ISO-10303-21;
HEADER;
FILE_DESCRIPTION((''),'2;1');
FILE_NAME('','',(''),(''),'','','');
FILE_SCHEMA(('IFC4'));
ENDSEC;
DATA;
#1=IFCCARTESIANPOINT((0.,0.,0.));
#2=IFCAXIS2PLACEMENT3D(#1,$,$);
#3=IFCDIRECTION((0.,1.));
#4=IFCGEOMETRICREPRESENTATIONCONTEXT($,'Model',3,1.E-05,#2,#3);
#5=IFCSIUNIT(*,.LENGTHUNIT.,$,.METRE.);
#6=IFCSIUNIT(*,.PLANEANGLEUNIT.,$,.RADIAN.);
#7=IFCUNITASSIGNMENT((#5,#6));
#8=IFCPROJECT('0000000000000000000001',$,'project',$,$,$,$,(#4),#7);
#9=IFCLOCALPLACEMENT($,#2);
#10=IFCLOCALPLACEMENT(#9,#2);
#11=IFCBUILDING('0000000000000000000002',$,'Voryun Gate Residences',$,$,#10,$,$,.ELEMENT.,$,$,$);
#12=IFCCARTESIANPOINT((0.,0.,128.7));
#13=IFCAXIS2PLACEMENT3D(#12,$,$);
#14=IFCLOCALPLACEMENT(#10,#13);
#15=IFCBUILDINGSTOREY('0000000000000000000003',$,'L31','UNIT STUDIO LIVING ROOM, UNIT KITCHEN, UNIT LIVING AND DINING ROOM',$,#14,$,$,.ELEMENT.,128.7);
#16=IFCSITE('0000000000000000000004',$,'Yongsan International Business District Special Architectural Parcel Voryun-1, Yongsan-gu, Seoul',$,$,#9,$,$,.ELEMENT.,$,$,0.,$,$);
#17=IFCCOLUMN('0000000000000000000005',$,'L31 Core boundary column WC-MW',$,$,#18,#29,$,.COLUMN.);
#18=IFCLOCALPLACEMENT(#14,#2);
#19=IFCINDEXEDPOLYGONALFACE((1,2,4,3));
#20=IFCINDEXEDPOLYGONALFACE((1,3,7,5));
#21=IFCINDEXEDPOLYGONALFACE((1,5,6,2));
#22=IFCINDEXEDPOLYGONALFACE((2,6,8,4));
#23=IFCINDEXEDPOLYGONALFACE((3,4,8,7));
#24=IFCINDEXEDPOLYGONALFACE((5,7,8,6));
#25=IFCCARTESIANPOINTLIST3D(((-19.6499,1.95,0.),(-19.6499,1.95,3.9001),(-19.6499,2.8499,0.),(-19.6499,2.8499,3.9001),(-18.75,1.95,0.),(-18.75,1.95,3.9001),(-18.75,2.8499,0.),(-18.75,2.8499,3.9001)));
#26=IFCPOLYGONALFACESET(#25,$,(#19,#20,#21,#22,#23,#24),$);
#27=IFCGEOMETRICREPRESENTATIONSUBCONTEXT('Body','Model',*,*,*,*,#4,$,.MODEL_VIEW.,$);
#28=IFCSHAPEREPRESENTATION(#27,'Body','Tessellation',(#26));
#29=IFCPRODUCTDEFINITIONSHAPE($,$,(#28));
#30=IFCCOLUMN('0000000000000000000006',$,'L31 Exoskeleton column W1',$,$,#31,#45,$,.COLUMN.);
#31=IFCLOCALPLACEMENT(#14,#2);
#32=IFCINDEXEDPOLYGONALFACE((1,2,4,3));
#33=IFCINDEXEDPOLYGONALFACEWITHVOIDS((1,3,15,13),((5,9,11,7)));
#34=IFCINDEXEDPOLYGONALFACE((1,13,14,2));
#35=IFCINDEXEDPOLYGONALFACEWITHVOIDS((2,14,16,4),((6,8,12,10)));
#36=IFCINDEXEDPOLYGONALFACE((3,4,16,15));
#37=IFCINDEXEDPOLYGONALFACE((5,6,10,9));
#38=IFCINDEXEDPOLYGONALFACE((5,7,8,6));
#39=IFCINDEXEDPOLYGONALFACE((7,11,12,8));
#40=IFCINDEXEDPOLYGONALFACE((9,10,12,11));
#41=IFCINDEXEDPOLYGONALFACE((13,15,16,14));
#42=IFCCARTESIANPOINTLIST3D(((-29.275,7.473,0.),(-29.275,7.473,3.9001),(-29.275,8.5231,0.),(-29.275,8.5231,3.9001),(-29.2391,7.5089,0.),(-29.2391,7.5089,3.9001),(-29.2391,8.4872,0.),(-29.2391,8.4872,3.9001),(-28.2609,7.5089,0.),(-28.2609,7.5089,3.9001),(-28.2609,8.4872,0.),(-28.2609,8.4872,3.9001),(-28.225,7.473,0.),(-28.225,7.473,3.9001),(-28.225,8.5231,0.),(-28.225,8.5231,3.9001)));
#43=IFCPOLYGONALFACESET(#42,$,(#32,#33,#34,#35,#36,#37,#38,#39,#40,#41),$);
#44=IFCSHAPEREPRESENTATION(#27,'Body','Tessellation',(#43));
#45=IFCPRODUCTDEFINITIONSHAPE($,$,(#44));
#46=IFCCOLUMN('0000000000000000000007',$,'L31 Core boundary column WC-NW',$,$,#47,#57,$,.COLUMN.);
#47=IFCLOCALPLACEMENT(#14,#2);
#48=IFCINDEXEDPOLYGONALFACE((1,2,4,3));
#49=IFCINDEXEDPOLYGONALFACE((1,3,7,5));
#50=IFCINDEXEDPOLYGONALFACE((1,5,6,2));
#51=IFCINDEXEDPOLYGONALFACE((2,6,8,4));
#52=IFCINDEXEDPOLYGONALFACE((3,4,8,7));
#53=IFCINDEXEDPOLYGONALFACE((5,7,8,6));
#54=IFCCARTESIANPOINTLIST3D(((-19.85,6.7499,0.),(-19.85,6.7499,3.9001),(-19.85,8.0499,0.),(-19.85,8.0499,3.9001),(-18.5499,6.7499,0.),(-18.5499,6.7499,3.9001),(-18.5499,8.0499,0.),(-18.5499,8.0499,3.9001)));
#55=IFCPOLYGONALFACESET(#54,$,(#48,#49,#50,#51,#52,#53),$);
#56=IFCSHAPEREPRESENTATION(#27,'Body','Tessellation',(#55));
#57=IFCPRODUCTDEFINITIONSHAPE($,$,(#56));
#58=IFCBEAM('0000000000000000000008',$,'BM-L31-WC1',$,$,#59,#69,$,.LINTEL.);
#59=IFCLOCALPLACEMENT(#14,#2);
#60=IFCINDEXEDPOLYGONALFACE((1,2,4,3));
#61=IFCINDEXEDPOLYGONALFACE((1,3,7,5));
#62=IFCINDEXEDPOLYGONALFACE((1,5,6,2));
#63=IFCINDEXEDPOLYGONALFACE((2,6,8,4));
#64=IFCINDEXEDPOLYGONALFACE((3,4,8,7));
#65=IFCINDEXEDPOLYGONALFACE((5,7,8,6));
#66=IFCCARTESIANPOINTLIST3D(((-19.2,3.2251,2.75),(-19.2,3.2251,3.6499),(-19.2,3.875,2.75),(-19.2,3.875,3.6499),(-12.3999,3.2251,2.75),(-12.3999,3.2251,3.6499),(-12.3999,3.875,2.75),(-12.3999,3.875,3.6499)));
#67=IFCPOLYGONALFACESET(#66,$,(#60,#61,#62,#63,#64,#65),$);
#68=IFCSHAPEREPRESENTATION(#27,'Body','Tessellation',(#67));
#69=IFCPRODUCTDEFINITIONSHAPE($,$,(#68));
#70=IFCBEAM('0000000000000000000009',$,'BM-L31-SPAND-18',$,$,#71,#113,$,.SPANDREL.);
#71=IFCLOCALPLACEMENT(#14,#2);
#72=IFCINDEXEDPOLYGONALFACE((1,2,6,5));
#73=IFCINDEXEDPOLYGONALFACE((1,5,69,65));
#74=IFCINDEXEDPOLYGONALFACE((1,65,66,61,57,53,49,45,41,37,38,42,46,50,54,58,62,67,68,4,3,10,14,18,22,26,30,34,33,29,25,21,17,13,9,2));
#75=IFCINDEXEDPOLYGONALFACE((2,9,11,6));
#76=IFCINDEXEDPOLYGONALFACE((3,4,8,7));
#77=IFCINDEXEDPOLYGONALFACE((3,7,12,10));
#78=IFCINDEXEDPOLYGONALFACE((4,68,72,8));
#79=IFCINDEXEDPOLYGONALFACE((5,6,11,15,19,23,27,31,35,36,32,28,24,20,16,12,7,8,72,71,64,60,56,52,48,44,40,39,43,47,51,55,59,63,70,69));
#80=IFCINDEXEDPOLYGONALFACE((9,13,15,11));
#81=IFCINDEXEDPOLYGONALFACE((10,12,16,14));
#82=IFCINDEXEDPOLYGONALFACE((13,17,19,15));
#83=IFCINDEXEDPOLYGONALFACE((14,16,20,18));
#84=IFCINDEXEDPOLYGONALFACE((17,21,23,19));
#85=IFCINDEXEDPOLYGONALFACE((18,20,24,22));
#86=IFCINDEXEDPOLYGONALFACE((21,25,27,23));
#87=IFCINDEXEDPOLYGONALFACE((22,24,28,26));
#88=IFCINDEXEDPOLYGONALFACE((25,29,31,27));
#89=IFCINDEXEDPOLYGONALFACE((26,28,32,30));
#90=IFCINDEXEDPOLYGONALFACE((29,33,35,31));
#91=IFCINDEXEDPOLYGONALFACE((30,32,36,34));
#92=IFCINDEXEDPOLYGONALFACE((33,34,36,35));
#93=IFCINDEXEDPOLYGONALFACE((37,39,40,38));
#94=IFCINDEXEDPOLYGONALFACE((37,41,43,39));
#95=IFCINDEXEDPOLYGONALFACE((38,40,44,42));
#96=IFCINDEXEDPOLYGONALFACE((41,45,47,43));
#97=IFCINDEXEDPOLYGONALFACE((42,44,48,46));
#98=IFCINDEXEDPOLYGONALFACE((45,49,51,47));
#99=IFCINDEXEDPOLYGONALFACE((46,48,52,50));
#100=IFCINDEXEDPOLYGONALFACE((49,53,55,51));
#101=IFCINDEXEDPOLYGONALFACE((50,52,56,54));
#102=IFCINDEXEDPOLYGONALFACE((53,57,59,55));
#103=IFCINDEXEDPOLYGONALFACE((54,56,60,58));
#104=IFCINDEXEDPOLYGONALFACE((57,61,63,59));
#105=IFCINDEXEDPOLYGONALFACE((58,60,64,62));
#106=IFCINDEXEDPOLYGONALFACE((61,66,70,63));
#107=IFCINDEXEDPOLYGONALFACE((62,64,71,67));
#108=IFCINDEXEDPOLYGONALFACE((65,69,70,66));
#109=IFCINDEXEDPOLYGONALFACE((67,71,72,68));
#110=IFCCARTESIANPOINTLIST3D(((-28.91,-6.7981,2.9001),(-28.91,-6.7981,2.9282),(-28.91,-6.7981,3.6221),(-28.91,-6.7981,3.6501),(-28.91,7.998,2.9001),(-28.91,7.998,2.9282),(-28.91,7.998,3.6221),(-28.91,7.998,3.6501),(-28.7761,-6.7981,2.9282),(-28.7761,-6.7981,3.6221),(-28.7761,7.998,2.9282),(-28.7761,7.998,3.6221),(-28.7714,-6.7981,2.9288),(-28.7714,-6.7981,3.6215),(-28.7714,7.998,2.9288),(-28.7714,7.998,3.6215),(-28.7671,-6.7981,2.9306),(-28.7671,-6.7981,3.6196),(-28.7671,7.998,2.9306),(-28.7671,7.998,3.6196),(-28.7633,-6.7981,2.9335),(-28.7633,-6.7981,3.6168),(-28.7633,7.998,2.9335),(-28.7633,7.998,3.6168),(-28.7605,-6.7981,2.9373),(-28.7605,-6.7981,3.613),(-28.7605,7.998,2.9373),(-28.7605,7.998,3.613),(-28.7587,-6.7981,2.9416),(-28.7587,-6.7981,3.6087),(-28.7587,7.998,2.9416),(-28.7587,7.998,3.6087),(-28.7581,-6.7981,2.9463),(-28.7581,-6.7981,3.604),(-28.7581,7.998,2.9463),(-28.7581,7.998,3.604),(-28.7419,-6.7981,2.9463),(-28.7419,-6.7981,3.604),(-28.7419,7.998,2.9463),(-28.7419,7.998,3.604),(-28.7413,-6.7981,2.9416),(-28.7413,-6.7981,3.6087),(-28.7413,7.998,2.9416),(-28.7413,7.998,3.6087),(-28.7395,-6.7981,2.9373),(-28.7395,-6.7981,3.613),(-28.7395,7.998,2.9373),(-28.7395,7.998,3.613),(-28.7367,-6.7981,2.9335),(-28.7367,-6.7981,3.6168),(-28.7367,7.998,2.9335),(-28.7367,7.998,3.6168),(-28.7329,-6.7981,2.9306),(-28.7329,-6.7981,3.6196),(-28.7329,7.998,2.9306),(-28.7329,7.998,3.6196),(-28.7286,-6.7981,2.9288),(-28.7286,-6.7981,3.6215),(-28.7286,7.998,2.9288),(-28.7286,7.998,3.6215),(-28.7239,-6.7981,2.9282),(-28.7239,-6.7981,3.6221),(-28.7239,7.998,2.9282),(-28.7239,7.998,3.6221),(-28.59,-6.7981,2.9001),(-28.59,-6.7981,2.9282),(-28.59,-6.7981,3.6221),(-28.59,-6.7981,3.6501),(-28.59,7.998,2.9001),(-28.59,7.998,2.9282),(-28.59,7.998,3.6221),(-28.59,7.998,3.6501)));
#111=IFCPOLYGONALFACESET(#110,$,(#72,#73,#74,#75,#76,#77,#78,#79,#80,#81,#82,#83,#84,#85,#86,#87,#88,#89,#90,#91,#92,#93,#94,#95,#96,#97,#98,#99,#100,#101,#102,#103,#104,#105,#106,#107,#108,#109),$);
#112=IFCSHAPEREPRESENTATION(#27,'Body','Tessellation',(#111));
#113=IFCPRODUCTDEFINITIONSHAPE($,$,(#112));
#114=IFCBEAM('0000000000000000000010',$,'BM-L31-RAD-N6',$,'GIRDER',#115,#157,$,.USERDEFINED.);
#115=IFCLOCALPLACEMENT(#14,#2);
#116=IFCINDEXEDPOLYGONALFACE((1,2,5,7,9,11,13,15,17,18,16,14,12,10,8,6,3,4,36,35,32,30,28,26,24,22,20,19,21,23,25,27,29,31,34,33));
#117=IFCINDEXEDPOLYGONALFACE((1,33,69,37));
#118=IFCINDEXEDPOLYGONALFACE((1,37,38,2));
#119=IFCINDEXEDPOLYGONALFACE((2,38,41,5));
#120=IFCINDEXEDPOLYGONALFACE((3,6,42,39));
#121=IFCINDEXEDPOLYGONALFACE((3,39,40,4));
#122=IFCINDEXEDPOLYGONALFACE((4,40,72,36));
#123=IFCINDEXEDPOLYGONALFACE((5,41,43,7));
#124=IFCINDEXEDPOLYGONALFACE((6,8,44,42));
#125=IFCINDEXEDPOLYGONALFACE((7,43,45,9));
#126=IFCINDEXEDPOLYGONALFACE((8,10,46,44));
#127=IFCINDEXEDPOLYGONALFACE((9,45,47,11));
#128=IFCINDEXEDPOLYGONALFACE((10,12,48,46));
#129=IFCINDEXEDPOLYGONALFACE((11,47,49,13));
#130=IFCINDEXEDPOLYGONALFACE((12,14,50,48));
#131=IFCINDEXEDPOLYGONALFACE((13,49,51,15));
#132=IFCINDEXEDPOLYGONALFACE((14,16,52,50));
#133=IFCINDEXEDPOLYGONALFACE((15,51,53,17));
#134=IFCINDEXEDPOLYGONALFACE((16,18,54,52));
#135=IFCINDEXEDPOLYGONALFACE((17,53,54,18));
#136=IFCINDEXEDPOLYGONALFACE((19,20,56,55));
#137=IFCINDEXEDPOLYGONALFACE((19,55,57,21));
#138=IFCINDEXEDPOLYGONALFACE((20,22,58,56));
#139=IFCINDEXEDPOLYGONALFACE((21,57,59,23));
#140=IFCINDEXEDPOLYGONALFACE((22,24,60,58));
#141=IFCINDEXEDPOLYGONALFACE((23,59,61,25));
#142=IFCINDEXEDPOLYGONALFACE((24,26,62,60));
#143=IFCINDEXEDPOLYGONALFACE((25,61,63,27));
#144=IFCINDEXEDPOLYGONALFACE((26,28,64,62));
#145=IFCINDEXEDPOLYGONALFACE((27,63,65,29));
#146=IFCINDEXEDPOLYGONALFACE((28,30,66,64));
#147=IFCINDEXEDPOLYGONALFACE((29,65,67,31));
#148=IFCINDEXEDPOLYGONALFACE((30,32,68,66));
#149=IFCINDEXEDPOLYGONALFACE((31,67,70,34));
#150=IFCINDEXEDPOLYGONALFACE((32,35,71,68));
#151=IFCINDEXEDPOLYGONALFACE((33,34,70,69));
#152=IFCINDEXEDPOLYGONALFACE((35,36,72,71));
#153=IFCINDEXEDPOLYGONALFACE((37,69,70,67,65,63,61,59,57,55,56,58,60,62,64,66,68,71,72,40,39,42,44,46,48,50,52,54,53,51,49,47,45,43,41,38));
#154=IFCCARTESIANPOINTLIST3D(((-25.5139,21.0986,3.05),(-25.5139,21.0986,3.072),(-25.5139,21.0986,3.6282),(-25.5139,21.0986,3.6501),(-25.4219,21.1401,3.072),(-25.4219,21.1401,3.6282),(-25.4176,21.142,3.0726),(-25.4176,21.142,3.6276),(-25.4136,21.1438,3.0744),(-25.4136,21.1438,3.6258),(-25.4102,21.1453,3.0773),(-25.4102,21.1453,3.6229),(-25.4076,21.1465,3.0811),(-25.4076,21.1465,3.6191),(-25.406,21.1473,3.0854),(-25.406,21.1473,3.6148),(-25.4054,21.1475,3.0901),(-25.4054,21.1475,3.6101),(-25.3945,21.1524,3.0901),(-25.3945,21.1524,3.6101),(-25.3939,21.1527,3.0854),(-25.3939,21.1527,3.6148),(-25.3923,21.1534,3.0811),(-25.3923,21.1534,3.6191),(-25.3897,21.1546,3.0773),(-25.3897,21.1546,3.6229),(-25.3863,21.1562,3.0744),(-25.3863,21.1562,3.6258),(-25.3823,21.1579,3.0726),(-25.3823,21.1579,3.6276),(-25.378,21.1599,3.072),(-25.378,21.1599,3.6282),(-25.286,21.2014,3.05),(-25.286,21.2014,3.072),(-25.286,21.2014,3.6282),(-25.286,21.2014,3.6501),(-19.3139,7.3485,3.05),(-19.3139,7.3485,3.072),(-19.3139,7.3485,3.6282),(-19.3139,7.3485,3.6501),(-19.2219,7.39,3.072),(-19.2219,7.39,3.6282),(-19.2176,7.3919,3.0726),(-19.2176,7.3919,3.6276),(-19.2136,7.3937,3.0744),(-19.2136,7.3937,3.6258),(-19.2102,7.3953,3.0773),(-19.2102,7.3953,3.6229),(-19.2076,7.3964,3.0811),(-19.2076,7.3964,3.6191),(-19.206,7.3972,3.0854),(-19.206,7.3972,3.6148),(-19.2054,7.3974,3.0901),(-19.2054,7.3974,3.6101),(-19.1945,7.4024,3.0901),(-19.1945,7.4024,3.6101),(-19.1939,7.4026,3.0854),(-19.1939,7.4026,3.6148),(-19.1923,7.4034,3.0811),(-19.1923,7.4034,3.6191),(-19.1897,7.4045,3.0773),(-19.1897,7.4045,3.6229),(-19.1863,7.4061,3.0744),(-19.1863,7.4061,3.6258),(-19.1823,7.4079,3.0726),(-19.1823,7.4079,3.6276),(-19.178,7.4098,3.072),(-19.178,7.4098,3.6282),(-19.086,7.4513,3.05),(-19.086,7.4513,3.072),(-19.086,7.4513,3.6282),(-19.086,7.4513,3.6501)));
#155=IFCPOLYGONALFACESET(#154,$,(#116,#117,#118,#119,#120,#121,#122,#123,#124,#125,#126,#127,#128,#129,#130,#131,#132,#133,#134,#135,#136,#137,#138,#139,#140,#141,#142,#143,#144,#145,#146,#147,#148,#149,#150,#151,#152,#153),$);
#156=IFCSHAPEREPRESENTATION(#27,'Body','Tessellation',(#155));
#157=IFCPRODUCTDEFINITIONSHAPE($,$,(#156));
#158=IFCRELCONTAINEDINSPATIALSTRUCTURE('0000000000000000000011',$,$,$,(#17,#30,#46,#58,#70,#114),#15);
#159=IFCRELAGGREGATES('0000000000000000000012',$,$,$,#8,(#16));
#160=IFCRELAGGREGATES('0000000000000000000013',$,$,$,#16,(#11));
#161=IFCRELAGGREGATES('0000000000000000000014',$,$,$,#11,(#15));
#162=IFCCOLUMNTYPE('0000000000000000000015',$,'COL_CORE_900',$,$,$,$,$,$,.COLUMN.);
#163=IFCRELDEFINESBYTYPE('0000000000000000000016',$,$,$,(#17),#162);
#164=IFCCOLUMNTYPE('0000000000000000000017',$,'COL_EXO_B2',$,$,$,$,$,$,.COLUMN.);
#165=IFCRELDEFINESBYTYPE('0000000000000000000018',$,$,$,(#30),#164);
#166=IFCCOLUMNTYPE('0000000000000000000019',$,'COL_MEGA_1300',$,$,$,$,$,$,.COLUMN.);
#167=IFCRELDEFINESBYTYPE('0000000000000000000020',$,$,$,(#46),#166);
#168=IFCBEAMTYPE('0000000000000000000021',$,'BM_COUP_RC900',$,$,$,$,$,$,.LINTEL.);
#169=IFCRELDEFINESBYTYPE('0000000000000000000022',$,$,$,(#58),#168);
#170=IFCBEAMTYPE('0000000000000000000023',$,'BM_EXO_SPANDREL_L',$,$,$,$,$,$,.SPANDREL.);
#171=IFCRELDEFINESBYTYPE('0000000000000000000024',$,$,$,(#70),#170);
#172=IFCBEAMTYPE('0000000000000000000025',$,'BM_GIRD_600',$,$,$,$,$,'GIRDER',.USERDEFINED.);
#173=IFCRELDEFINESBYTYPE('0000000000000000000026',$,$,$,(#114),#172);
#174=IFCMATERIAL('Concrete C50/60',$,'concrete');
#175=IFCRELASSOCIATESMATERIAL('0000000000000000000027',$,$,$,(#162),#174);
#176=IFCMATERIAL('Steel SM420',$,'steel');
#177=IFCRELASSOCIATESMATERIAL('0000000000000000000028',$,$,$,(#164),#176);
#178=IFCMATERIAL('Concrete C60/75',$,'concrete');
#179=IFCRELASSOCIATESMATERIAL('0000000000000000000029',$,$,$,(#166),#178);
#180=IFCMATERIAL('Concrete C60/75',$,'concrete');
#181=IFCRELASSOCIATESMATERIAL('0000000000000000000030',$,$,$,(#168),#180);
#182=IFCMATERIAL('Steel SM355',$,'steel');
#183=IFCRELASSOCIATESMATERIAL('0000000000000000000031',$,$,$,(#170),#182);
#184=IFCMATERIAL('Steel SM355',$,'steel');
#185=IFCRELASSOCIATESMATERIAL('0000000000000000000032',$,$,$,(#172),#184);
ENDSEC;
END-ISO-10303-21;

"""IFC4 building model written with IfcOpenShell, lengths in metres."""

from ifc_helpers import new_model, si_unit, direction, frame, origin, origin_2d, place, context, subcontext, project, spatial, rectangle, hollow_rectangle, i_section, extrude, material, material_profile, profile_set, type_object, element, save


model = new_model("IFC4")

# Units and contexts
model_context = context("Model", 3, precision=1e-05, world=origin(), true_north=direction((0.0, 1.0)))
body_context = subcontext(model_context, "Body", "Model", "MODEL_VIEW")
ifc_project = project(units=[si_unit("LENGTHUNIT", "METRE"), si_unit("PLANEANGLEUNIT", "RADIAN")], contexts=[model_context])

# Site, building, storey
site_placement = place(None, origin())
site = spatial("IfcSite", under=ifc_project, at=site_placement, Name="Yongsan International Business District Special Architectural Parcel Voryun-1, Yongsan-gu, Seoul", CompositionType="ELEMENT", RefElevation=0.0)
building_placement = place(site_placement, origin())
building = spatial("IfcBuilding", under=site, at=building_placement, Name="Voryun Gate Residences", CompositionType="ELEMENT")
storey_placement = place(building_placement, frame((0.0, 0.0, 128.7)))
storey = spatial("IfcBuildingStorey", under=building, at=storey_placement, Name="L31", Description="UNIT STUDIO LIVING ROOM, UNIT KITCHEN, UNIT LIVING AND DINING ROOM", CompositionType="ELEMENT", Elevation=128.7)

# Columns
ifc_material_1 = material(Name="Concrete C50/60", Category="concrete")
ifc_material_profile_1 = material_profile(ifc_material_1, rectangle(XDim=0.8999, YDim=0.8999, at=origin_2d()), Name="RC-900x900")
ifc_profile_set_1 = profile_set([ifc_material_profile_1], Name="Concrete C50/60")
column_type_1 = type_object("IfcColumnType", Name="COL_CORE_900", PredefinedType="COLUMN", material=ifc_profile_set_1)
column_1_placement = place(storey_placement, frame((-19.2, 2.3999, 0.0), z_axis=(0.0, 0.0, 1.0), x_axis=(1.0, 0.0, 0.0)))
element("IfcColumn", 1, at=column_1_placement, inside=storey, type_object=column_type_1, Name="L31 Core boundary column WC-MW", PredefinedType="COLUMN", context=body_context, shape_type="SweptSolid", body=[
    extrude(rectangle(XDim=0.8999, YDim=0.8999, at=origin_2d()), origin(), (0.0, 0.0, 1.0), 3.9001),
])
ifc_material_2 = material(Name="Steel SM420", Category="steel")
ifc_material_profile_2 = material_profile(ifc_material_2, hollow_rectangle(XDim=1.05, YDim=1.05, WallThickness=0.0359, at=origin_2d()), Name="BOX-1050x1050x36")
ifc_profile_set_2 = profile_set([ifc_material_profile_2], Name="Steel SM420")
column_type_2 = type_object("IfcColumnType", Name="COL_EXO_B2", PredefinedType="COLUMN", material=ifc_profile_set_2)
column_2_placement = place(storey_placement, frame((-28.75, 7.998, 0.0), z_axis=(0.0, 0.0, 1.0), x_axis=(1.0, 0.0, 0.0)))
element("IfcColumn", 2, at=column_2_placement, inside=storey, type_object=column_type_2, Name="L31 Exoskeleton column W1", PredefinedType="COLUMN", context=body_context, shape_type="SweptSolid", body=[
    extrude(hollow_rectangle(XDim=1.05, YDim=1.05, WallThickness=0.0359, at=origin_2d()), origin(), (0.0, 0.0, 1.0), 3.9001),
])
ifc_material_3 = material(Name="Concrete C60/75", Category="concrete")
ifc_material_profile_3 = material_profile(ifc_material_3, rectangle(XDim=1.3, YDim=1.3, at=origin_2d()), Name="RC-1300x1300")
ifc_profile_set_3 = profile_set([ifc_material_profile_3], Name="Concrete C60/75")
column_type_3 = type_object("IfcColumnType", Name="COL_MEGA_1300", PredefinedType="COLUMN", material=ifc_profile_set_3)
column_3_placement = place(storey_placement, frame((-19.2, 7.3999, 0.0), z_axis=(0.0, 0.0, 1.0), x_axis=(1.0, 0.0, 0.0)))
element("IfcColumn", 3, at=column_3_placement, inside=storey, type_object=column_type_3, Name="L31 Core boundary column WC-NW", PredefinedType="COLUMN", context=body_context, shape_type="SweptSolid", body=[
    extrude(rectangle(XDim=1.3, YDim=1.3, at=origin_2d()), origin(), (0.0, 0.0, 1.0), 3.9001),
])

# Beams
ifc_material_4 = material(Name="Concrete C60/75", Category="concrete")
ifc_material_profile_4 = material_profile(ifc_material_4, rectangle(XDim=0.6499, YDim=0.8999, at=origin_2d()), Name="RC-650x900")
ifc_profile_set_4 = profile_set([ifc_material_profile_4], Name="Concrete C60/75")
beam_type_1 = type_object("IfcBeamType", Name="BM_COUP_RC900", PredefinedType="LINTEL", material=ifc_profile_set_4)
beam_1_placement = place(storey_placement, frame((-19.2, 3.55, 3.2), z_axis=(1.0, 0.0, 0.0), x_axis=(0.0, 1.0, 0.0)))
element("IfcBeam", 4, at=beam_1_placement, inside=storey, type_object=beam_type_1, Name="BM-L31-WC1", PredefinedType="LINTEL", context=body_context, shape_type="SweptSolid", body=[
    extrude(rectangle(XDim=0.6499, YDim=0.8999, at=origin_2d()), origin(), (0.0, 0.0, 1.0), 6.8),
])
ifc_material_5 = material(Name="Steel SM355", Category="steel")
ifc_material_profile_5 = material_profile(ifc_material_5, i_section(OverallWidth=0.3201, OverallDepth=0.75, WebThickness=0.0161, FlangeThickness=0.0281, FilletRadius=0.0181, at=origin_2d()), Name="H-750x320x16x28")
ifc_profile_set_5 = profile_set([ifc_material_profile_5], Name="Steel SM355")
beam_type_2 = type_object("IfcBeamType", Name="BM_EXO_SPANDREL_L", PredefinedType="SPANDREL", material=ifc_profile_set_5)
beam_2_placement = place(storey_placement, frame((-28.75, 7.998, 3.2751), z_axis=(0.0, -1.0, 0.0), x_axis=(1.0, 0.0, 0.0)))
element("IfcBeam", 5, at=beam_2_placement, inside=storey, type_object=beam_type_2, Name="BM-L31-SPAND-18", PredefinedType="SPANDREL", context=body_context, shape_type="SweptSolid", body=[
    extrude(i_section(OverallWidth=0.3201, OverallDepth=0.75, WebThickness=0.0161, FlangeThickness=0.0281, FilletRadius=0.0181, at=origin_2d()), origin(), (0.0, 0.0, 1.0), 14.7961),
])
ifc_material_6 = material(Name="Steel SM355", Category="steel")
ifc_material_profile_6 = material_profile(ifc_material_6, i_section(OverallWidth=0.25, OverallDepth=0.6001, WebThickness=0.012, FlangeThickness=0.022, FilletRadius=0.0181, at=origin_2d()), Name="H-600x250x12x22")
ifc_profile_set_6 = profile_set([ifc_material_profile_6], Name="Steel SM355")
beam_type_3 = type_object("IfcBeamType", Name="BM_GIRD_600", ElementType="GIRDER", PredefinedType="USERDEFINED", material=ifc_profile_set_6)
beam_3_placement = place(storey_placement, frame((-19.2, 7.3999, 3.3501), z_axis=(-0.411051, 0.911612, 0.0), x_axis=(-0.911612, -0.411051, 0.0)))
element("IfcBeam", 6, at=beam_3_placement, inside=storey, type_object=beam_type_3, Name="BM-L31-RAD-N6", ObjectType="GIRDER", PredefinedType="USERDEFINED", context=body_context, shape_type="SweptSolid", body=[
    extrude(i_section(OverallWidth=0.25, OverallDepth=0.6001, WebThickness=0.012, FlangeThickness=0.022, FilletRadius=0.0181, at=origin_2d()), origin(), (0.0, 0.0, 1.0), 15.0833),
])

save(model, "model.ifc")
